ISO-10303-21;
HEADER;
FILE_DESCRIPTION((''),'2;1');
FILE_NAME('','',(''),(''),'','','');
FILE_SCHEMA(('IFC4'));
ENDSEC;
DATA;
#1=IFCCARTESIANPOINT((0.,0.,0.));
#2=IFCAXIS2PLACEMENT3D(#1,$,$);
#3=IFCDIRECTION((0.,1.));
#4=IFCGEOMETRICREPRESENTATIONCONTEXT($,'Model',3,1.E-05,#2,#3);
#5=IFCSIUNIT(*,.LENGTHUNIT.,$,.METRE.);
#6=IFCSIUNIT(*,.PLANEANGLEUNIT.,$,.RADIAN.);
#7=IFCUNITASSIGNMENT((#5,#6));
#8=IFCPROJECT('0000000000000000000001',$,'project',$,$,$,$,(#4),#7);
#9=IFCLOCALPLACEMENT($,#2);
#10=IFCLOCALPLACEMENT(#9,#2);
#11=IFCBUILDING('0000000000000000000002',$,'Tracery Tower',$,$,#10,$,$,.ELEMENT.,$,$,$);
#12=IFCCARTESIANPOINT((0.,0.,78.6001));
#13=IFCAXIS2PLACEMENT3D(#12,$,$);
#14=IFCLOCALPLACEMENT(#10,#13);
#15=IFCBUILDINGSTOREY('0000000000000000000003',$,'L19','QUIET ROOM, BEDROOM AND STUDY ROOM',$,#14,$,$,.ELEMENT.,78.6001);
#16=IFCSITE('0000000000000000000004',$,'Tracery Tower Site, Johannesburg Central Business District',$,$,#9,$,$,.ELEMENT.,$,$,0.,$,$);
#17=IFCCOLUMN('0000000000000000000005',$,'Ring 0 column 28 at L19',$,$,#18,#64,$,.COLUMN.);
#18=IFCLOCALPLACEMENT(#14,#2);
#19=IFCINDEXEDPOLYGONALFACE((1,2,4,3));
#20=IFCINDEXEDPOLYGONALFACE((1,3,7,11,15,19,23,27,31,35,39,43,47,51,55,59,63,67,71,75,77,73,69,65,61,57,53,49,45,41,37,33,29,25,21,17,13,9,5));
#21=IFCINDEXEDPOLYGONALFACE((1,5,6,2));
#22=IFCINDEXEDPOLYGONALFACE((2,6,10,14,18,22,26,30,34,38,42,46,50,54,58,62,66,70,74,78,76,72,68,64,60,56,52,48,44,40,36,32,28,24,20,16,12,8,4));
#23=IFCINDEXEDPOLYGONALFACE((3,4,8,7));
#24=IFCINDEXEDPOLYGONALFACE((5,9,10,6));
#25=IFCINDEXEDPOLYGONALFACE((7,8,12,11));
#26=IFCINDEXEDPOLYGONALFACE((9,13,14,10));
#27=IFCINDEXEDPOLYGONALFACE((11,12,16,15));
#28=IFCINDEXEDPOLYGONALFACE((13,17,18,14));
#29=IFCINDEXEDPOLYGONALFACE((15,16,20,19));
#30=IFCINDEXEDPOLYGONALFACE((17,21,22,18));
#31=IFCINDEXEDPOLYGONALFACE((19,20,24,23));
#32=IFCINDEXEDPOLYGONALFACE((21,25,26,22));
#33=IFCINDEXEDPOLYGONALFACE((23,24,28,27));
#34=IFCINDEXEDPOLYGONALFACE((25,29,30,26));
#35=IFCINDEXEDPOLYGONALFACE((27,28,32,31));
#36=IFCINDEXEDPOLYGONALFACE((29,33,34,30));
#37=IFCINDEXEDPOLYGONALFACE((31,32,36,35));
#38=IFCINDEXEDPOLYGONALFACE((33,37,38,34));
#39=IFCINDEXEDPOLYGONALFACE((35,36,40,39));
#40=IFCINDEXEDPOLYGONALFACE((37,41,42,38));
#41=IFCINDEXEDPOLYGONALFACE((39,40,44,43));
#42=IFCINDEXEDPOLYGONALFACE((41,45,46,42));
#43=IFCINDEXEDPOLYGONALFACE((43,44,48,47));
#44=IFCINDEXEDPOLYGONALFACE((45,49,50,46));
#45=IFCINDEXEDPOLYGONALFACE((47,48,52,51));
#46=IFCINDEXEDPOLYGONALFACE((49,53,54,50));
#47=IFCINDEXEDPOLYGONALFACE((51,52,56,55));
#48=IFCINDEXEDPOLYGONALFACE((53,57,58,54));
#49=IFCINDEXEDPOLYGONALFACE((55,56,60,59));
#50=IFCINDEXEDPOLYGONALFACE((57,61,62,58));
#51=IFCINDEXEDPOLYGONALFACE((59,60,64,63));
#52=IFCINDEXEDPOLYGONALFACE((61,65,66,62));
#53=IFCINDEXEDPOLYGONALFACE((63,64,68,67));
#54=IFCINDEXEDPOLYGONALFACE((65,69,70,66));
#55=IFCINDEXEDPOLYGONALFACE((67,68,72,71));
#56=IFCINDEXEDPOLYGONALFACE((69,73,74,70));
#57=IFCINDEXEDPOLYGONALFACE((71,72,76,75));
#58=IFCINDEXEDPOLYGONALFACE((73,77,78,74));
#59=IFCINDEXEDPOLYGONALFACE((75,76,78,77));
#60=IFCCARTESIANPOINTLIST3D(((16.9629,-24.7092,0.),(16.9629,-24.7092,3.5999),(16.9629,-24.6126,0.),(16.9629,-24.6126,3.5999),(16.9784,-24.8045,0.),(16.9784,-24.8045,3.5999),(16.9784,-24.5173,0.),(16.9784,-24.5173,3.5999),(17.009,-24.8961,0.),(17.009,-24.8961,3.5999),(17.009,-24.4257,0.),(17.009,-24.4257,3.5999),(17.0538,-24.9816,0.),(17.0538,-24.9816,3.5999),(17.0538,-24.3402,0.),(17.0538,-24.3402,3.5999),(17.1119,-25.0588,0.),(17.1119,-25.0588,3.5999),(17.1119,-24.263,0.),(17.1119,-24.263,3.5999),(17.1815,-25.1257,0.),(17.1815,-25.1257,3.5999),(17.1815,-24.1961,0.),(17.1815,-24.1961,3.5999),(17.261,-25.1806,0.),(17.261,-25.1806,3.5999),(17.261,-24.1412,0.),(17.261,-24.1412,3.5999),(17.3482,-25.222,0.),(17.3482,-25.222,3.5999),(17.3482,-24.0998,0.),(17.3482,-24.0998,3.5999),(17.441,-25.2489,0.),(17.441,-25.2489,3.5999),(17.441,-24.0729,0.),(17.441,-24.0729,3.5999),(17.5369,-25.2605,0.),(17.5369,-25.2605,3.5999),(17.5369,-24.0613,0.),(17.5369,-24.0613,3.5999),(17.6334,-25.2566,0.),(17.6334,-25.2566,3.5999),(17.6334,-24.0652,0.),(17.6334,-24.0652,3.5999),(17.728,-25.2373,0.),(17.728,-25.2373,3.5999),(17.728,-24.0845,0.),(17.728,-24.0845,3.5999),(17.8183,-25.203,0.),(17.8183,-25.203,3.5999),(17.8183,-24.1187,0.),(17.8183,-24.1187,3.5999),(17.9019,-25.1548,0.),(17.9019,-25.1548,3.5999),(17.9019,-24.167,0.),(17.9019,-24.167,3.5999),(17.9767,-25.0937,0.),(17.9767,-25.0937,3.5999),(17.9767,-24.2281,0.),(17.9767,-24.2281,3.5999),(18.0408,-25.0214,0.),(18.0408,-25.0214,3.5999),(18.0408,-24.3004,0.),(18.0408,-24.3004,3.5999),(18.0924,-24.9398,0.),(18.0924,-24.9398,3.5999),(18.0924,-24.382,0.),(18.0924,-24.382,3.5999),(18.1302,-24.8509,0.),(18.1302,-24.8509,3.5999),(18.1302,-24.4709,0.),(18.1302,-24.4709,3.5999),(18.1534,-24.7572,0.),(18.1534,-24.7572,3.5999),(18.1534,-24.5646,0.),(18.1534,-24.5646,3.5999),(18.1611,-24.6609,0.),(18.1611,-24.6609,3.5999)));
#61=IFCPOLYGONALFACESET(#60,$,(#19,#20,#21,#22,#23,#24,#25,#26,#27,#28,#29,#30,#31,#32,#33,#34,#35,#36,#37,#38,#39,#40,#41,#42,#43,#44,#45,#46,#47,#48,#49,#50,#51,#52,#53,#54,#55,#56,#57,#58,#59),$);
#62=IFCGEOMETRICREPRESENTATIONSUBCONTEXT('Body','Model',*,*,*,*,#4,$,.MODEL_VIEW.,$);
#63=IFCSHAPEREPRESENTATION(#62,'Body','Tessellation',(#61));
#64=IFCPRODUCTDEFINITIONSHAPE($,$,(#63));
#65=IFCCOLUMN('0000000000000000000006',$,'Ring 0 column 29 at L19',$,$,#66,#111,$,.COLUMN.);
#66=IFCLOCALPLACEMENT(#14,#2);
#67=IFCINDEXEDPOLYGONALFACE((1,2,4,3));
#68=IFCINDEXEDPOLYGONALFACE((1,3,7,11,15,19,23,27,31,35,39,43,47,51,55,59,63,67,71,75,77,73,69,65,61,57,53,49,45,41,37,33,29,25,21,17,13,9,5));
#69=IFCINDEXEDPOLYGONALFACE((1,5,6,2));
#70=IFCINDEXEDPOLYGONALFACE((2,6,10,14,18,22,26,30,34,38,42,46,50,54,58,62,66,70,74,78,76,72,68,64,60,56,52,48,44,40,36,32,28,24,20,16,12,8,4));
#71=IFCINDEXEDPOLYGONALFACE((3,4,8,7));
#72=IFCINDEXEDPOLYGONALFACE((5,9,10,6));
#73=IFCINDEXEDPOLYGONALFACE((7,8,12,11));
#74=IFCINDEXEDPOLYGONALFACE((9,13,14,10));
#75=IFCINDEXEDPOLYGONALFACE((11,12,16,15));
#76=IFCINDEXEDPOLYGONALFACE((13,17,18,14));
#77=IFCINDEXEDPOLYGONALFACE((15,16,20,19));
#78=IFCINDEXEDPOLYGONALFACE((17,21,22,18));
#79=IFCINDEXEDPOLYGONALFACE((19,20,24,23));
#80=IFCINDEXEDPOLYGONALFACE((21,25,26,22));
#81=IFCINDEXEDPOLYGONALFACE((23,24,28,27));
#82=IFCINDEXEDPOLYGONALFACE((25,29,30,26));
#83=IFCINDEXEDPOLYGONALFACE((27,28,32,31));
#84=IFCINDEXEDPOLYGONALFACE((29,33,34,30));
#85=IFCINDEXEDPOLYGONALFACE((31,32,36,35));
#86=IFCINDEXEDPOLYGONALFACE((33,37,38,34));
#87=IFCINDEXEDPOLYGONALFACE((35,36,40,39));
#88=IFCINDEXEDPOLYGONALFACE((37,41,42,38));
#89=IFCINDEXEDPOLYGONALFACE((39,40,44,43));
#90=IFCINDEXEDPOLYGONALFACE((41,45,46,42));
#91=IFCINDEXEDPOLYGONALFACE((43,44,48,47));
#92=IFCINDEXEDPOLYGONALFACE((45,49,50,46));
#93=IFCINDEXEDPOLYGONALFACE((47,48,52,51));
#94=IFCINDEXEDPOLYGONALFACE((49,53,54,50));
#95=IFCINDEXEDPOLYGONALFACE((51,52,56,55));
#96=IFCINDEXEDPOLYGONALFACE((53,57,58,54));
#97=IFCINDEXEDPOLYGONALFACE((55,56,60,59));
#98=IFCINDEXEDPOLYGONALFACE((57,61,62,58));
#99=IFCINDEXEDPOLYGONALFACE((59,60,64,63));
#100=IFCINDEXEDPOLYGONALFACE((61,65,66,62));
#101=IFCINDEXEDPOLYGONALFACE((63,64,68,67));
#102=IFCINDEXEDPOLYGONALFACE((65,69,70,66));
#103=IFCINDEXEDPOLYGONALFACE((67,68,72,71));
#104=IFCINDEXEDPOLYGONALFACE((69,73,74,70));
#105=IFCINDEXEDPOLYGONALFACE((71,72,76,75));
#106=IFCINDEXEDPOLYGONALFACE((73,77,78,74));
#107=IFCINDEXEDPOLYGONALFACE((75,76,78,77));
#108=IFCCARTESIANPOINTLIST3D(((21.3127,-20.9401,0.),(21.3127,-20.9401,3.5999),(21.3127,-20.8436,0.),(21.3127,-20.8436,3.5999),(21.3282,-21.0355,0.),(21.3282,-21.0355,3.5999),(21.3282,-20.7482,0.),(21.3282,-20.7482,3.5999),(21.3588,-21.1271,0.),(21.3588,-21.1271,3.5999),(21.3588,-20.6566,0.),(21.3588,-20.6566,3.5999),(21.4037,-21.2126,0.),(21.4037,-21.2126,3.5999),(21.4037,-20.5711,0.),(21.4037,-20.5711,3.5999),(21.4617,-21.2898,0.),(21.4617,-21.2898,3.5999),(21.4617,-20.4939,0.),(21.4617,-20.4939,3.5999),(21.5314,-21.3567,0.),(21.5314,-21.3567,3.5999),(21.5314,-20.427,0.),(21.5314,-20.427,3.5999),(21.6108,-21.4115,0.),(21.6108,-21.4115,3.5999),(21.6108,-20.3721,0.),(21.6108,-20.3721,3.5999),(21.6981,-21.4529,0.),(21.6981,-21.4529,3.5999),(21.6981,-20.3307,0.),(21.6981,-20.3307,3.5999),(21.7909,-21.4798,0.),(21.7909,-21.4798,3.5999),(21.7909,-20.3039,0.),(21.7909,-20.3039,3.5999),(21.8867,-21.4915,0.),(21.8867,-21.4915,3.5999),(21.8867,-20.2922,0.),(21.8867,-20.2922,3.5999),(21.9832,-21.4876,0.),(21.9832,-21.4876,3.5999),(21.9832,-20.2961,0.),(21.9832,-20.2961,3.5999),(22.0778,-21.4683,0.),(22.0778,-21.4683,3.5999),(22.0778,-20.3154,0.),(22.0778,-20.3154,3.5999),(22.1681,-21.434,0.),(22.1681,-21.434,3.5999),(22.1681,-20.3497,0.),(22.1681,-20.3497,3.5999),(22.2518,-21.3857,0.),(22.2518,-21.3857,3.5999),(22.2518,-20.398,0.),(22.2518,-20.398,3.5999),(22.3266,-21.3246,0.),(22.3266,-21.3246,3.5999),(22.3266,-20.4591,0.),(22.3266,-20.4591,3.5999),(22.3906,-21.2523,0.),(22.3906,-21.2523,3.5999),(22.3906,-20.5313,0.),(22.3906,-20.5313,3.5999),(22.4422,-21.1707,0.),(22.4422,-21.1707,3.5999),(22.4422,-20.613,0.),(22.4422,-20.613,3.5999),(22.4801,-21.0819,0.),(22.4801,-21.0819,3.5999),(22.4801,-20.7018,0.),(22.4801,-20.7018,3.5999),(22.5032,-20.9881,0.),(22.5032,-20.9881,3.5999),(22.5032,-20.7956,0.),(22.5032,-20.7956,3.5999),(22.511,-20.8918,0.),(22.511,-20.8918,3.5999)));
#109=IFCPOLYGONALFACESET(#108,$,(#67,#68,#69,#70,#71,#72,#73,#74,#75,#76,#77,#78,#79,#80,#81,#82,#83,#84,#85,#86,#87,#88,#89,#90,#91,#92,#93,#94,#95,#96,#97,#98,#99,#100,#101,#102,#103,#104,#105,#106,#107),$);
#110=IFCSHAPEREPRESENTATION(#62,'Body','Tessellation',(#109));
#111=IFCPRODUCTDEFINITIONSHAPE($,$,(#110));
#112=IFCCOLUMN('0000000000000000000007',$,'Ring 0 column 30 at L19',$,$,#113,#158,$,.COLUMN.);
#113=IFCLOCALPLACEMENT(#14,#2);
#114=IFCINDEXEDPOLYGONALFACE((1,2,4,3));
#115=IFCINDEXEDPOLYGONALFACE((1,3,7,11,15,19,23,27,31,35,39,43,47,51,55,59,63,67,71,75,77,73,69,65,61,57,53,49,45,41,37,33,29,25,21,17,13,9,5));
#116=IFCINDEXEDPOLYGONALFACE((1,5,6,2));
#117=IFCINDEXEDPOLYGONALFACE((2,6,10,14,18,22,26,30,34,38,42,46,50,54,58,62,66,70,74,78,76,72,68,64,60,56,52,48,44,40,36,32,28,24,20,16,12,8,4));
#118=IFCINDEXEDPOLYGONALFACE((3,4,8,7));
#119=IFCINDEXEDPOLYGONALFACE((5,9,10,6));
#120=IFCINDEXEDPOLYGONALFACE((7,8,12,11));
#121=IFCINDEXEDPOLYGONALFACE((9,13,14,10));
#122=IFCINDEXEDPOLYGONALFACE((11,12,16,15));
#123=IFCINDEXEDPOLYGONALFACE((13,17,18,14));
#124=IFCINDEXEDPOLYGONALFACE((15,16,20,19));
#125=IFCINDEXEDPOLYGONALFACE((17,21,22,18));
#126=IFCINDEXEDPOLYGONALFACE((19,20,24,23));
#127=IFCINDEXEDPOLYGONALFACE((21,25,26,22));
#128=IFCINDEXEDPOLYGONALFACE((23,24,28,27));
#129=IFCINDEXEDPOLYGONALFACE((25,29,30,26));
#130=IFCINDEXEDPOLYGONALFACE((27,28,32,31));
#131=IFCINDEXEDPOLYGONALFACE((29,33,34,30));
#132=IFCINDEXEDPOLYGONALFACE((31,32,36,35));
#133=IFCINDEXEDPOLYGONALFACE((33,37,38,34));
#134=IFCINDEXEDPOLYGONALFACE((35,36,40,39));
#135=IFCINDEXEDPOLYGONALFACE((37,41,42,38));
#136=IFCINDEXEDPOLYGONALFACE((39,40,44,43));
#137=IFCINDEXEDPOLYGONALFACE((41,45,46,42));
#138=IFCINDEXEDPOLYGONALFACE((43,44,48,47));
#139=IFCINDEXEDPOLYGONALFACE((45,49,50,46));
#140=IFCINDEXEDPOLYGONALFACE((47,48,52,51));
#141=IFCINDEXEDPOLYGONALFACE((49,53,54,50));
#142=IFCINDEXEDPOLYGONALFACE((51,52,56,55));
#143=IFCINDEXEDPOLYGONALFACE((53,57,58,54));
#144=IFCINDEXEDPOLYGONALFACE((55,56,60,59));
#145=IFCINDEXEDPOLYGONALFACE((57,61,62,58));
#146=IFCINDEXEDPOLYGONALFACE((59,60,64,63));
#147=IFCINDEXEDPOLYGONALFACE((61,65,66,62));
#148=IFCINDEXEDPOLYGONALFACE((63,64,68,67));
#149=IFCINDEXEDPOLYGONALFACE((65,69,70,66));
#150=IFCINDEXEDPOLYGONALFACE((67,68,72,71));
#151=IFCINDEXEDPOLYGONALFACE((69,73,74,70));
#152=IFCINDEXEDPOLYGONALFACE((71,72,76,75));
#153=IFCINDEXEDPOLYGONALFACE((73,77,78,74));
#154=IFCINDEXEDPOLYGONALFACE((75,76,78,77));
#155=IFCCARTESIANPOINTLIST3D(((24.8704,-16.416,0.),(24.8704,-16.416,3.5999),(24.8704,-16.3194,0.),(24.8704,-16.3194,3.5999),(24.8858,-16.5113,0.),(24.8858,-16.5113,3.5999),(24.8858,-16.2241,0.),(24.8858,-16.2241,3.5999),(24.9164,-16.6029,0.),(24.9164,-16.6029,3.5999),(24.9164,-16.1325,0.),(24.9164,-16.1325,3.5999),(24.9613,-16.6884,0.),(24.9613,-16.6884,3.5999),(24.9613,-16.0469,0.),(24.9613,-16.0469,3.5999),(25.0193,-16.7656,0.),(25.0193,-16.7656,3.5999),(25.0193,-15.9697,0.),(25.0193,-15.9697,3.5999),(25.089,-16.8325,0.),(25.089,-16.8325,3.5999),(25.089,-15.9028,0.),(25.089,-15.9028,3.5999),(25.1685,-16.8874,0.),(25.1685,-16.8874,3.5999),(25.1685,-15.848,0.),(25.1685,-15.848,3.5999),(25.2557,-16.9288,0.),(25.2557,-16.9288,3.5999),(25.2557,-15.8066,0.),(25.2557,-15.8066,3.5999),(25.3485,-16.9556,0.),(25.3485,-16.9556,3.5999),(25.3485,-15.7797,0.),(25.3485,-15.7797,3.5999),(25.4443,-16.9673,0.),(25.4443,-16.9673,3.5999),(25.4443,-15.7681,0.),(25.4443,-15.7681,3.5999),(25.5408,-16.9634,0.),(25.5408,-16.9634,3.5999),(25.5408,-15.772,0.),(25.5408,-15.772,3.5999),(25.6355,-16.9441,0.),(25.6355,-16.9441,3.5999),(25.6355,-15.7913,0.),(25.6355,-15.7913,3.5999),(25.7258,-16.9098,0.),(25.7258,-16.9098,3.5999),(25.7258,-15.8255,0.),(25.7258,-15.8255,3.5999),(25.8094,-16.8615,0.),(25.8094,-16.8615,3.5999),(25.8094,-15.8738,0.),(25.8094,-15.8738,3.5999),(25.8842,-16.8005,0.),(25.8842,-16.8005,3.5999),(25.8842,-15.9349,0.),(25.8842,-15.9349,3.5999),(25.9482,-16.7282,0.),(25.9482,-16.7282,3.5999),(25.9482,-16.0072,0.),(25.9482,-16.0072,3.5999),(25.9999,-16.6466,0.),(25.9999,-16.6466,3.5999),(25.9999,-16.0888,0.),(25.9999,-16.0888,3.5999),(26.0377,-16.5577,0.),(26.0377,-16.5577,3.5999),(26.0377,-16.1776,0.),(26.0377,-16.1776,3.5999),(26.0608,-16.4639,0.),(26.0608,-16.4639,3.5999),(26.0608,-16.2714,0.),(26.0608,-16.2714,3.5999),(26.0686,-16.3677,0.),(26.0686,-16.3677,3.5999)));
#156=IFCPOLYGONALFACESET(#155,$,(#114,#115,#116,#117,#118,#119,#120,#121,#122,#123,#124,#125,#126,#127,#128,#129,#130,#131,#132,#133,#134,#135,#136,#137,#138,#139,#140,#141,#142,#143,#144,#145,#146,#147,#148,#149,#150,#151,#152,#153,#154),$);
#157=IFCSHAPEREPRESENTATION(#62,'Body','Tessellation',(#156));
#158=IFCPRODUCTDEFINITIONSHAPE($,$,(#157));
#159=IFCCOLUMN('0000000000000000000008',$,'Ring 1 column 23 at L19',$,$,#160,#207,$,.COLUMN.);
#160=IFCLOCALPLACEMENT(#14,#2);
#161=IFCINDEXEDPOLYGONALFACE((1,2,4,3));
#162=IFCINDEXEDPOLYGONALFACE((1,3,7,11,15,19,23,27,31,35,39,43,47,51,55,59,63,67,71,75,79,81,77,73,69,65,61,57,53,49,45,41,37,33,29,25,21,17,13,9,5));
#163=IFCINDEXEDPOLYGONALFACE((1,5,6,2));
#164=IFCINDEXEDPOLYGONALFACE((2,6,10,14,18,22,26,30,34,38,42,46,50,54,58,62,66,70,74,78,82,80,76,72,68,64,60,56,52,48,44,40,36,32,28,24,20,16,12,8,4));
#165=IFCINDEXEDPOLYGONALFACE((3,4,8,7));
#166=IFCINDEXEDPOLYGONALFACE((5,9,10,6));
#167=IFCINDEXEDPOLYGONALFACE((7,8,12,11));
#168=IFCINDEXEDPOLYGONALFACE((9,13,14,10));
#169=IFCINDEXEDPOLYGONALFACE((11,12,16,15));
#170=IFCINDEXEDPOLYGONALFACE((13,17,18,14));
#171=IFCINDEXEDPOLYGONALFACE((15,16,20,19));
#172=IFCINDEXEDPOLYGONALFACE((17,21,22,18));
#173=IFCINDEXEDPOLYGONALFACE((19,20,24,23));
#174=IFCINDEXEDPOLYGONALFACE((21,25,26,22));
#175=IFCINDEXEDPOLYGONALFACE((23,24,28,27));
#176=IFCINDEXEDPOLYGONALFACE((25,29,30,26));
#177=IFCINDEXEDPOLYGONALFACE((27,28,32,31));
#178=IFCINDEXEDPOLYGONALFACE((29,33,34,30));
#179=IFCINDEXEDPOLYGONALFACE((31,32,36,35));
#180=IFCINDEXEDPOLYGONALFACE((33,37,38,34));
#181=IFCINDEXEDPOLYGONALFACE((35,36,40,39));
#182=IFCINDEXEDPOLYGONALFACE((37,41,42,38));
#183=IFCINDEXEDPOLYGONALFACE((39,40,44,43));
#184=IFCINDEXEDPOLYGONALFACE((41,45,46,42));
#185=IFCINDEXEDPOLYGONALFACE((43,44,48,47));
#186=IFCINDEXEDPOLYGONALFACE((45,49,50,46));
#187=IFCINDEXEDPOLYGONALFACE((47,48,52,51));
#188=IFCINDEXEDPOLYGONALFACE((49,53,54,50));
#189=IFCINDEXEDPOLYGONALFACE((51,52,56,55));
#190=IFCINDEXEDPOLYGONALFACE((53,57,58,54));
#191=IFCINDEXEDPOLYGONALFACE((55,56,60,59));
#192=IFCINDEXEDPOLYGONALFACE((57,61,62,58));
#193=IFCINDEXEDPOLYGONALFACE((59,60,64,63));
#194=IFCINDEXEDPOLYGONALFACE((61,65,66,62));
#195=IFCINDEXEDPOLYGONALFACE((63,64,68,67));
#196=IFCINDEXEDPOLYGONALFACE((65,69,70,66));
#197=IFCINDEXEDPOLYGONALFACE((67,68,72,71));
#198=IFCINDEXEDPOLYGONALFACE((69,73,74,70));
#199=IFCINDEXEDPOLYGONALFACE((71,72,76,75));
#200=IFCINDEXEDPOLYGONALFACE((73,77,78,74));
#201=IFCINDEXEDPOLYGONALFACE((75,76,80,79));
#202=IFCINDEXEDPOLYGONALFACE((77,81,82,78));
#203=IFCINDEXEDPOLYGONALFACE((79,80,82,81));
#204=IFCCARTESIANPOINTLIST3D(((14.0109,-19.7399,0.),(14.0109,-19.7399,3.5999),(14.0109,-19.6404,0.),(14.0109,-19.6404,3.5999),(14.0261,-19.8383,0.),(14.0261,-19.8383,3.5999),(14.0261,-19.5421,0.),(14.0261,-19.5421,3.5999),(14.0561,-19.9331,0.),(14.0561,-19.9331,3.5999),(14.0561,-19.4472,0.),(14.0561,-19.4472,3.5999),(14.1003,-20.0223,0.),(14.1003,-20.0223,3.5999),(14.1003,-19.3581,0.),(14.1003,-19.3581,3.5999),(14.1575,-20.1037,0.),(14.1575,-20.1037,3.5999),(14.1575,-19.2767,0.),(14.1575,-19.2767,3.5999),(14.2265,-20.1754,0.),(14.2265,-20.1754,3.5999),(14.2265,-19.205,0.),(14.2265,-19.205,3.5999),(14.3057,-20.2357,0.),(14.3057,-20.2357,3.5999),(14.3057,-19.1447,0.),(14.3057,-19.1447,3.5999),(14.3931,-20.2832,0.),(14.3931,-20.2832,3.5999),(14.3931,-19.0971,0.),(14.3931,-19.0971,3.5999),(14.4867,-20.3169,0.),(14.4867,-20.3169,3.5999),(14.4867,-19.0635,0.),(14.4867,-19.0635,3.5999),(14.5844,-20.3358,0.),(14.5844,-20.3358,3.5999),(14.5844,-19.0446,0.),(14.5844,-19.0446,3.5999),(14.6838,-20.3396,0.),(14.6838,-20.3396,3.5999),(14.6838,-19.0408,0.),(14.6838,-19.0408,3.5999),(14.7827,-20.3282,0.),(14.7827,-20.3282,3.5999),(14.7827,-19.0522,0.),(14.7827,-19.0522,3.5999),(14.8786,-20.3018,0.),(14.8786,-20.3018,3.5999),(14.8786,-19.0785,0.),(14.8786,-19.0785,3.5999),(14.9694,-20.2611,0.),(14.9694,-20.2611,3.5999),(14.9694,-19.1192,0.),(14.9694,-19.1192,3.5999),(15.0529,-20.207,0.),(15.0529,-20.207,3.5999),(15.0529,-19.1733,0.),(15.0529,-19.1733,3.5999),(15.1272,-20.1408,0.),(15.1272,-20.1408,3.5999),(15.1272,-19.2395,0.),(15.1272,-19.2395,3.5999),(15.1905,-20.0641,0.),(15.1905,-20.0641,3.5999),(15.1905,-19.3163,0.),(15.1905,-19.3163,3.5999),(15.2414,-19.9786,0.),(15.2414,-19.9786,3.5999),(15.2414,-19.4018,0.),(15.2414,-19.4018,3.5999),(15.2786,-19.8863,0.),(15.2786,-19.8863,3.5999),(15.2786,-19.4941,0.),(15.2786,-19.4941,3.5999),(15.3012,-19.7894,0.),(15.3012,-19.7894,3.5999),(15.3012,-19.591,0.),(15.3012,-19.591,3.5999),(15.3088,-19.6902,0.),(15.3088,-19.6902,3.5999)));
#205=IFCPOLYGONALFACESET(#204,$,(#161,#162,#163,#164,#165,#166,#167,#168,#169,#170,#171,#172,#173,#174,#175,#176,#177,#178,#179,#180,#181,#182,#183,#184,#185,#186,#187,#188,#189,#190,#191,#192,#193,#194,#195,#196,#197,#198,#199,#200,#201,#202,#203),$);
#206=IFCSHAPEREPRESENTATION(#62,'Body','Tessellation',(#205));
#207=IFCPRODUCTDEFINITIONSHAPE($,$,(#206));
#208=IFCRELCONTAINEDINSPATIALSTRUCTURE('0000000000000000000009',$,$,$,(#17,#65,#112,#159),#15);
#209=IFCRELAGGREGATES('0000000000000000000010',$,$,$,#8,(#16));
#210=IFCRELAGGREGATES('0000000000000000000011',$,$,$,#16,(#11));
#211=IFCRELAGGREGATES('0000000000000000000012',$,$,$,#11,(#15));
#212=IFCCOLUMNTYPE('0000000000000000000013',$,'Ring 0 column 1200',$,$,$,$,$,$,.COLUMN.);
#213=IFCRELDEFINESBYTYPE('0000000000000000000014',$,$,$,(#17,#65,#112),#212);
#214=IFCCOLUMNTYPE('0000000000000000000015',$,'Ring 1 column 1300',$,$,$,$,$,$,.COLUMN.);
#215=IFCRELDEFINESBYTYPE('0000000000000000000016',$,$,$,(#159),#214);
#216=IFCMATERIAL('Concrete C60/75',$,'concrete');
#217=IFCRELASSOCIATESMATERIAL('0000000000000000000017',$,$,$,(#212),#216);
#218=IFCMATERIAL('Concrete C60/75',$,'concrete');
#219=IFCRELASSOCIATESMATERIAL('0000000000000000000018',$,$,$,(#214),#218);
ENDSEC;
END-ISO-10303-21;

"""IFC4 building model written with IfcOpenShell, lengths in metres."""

from ifc_helpers import new_model, si_unit, direction, frame, origin, origin_2d, place, context, subcontext, project, spatial, circle, extrude, material, material_profile, profile_set, type_object, element, save


model = new_model("IFC4")

# Units and contexts
model_context = context("Model", 3, precision=1e-05, world=origin(), true_north=direction((0.0, 1.0)))
body_context = subcontext(model_context, "Body", "Model", "MODEL_VIEW")
ifc_project = project(units=[si_unit("LENGTHUNIT", "METRE"), si_unit("PLANEANGLEUNIT", "RADIAN")], contexts=[model_context])

# Site, building, storey
site_placement = place(None, origin())
site = spatial("IfcSite", under=ifc_project, at=site_placement, Name="Tracery Tower Site, Johannesburg Central Business District", CompositionType="ELEMENT", RefElevation=0.0)
building_placement = place(site_placement, origin())
building = spatial("IfcBuilding", under=site, at=building_placement, Name="Tracery Tower", CompositionType="ELEMENT")
storey_placement = place(building_placement, frame((0.0, 0.0, 78.6001)))
storey = spatial("IfcBuildingStorey", under=building, at=storey_placement, Name="L19", Description="QUIET ROOM, BEDROOM AND STUDY ROOM", CompositionType="ELEMENT", Elevation=78.6001)

# Columns
ifc_material_1 = material(Name="Concrete C60/75", Category="concrete")
ifc_material_profile_1 = material_profile(ifc_material_1, circle(Radius=0.6001, at=origin_2d()), Name="RC D1200")
ifc_profile_set_1 = profile_set([ifc_material_profile_1], Name="Concrete C60/75")
column_type_1 = type_object("IfcColumnType", Name="Ring 0 column 1200", PredefinedType="COLUMN", material=ifc_profile_set_1)
for number, where, z_axis, x_axis, name in (
    (1, (17.561, -24.6609, 0.0), (0.0, 0.0, 1.0), (1.0, 0.0, 0.0), "Ring 0 column 28 at L19"),
    (2, (21.9109, -20.8918, 0.0), (0.0, 0.0, 1.0), (1.0, 0.0, 0.0), "Ring 0 column 29 at L19"),
    (3, (25.4685, -16.3677, 0.0), (0.0, 0.0, 1.0), (1.0, 0.0, 0.0), "Ring 0 column 30 at L19"),
):
    element("IfcColumn", number, at=place(storey_placement, frame(where, z_axis=z_axis, x_axis=x_axis)), inside=storey, type_object=column_type_1, Name=name, PredefinedType="COLUMN", context=body_context, shape_type="SweptSolid", body=[
        extrude(circle(Radius=0.6001, at=origin_2d()), origin(), (0.0, 0.0, 1.0), 3.5999),
    ])
ifc_material_2 = material(Name="Concrete C60/75", Category="concrete")
ifc_material_profile_2 = material_profile(ifc_material_2, circle(Radius=0.6499, at=origin_2d()), Name="RC D1300")
ifc_profile_set_2 = profile_set([ifc_material_profile_2], Name="Concrete C60/75")
column_type_2 = type_object("IfcColumnType", Name="Ring 1 column 1300", PredefinedType="COLUMN", material=ifc_profile_set_2)
column_placement = place(storey_placement, frame((14.6589, -19.6902, 0.0), z_axis=(0.0, 0.0, 1.0), x_axis=(1.0, 0.0, 0.0)))
element("IfcColumn", 4, at=column_placement, inside=storey, type_object=column_type_2, Name="Ring 1 column 23 at L19", PredefinedType="COLUMN", context=body_context, shape_type="SweptSolid", body=[
    extrude(circle(Radius=0.6499, at=origin_2d()), origin(), (0.0, 0.0, 1.0), 3.5999),
])

save(model, "model.ifc")
